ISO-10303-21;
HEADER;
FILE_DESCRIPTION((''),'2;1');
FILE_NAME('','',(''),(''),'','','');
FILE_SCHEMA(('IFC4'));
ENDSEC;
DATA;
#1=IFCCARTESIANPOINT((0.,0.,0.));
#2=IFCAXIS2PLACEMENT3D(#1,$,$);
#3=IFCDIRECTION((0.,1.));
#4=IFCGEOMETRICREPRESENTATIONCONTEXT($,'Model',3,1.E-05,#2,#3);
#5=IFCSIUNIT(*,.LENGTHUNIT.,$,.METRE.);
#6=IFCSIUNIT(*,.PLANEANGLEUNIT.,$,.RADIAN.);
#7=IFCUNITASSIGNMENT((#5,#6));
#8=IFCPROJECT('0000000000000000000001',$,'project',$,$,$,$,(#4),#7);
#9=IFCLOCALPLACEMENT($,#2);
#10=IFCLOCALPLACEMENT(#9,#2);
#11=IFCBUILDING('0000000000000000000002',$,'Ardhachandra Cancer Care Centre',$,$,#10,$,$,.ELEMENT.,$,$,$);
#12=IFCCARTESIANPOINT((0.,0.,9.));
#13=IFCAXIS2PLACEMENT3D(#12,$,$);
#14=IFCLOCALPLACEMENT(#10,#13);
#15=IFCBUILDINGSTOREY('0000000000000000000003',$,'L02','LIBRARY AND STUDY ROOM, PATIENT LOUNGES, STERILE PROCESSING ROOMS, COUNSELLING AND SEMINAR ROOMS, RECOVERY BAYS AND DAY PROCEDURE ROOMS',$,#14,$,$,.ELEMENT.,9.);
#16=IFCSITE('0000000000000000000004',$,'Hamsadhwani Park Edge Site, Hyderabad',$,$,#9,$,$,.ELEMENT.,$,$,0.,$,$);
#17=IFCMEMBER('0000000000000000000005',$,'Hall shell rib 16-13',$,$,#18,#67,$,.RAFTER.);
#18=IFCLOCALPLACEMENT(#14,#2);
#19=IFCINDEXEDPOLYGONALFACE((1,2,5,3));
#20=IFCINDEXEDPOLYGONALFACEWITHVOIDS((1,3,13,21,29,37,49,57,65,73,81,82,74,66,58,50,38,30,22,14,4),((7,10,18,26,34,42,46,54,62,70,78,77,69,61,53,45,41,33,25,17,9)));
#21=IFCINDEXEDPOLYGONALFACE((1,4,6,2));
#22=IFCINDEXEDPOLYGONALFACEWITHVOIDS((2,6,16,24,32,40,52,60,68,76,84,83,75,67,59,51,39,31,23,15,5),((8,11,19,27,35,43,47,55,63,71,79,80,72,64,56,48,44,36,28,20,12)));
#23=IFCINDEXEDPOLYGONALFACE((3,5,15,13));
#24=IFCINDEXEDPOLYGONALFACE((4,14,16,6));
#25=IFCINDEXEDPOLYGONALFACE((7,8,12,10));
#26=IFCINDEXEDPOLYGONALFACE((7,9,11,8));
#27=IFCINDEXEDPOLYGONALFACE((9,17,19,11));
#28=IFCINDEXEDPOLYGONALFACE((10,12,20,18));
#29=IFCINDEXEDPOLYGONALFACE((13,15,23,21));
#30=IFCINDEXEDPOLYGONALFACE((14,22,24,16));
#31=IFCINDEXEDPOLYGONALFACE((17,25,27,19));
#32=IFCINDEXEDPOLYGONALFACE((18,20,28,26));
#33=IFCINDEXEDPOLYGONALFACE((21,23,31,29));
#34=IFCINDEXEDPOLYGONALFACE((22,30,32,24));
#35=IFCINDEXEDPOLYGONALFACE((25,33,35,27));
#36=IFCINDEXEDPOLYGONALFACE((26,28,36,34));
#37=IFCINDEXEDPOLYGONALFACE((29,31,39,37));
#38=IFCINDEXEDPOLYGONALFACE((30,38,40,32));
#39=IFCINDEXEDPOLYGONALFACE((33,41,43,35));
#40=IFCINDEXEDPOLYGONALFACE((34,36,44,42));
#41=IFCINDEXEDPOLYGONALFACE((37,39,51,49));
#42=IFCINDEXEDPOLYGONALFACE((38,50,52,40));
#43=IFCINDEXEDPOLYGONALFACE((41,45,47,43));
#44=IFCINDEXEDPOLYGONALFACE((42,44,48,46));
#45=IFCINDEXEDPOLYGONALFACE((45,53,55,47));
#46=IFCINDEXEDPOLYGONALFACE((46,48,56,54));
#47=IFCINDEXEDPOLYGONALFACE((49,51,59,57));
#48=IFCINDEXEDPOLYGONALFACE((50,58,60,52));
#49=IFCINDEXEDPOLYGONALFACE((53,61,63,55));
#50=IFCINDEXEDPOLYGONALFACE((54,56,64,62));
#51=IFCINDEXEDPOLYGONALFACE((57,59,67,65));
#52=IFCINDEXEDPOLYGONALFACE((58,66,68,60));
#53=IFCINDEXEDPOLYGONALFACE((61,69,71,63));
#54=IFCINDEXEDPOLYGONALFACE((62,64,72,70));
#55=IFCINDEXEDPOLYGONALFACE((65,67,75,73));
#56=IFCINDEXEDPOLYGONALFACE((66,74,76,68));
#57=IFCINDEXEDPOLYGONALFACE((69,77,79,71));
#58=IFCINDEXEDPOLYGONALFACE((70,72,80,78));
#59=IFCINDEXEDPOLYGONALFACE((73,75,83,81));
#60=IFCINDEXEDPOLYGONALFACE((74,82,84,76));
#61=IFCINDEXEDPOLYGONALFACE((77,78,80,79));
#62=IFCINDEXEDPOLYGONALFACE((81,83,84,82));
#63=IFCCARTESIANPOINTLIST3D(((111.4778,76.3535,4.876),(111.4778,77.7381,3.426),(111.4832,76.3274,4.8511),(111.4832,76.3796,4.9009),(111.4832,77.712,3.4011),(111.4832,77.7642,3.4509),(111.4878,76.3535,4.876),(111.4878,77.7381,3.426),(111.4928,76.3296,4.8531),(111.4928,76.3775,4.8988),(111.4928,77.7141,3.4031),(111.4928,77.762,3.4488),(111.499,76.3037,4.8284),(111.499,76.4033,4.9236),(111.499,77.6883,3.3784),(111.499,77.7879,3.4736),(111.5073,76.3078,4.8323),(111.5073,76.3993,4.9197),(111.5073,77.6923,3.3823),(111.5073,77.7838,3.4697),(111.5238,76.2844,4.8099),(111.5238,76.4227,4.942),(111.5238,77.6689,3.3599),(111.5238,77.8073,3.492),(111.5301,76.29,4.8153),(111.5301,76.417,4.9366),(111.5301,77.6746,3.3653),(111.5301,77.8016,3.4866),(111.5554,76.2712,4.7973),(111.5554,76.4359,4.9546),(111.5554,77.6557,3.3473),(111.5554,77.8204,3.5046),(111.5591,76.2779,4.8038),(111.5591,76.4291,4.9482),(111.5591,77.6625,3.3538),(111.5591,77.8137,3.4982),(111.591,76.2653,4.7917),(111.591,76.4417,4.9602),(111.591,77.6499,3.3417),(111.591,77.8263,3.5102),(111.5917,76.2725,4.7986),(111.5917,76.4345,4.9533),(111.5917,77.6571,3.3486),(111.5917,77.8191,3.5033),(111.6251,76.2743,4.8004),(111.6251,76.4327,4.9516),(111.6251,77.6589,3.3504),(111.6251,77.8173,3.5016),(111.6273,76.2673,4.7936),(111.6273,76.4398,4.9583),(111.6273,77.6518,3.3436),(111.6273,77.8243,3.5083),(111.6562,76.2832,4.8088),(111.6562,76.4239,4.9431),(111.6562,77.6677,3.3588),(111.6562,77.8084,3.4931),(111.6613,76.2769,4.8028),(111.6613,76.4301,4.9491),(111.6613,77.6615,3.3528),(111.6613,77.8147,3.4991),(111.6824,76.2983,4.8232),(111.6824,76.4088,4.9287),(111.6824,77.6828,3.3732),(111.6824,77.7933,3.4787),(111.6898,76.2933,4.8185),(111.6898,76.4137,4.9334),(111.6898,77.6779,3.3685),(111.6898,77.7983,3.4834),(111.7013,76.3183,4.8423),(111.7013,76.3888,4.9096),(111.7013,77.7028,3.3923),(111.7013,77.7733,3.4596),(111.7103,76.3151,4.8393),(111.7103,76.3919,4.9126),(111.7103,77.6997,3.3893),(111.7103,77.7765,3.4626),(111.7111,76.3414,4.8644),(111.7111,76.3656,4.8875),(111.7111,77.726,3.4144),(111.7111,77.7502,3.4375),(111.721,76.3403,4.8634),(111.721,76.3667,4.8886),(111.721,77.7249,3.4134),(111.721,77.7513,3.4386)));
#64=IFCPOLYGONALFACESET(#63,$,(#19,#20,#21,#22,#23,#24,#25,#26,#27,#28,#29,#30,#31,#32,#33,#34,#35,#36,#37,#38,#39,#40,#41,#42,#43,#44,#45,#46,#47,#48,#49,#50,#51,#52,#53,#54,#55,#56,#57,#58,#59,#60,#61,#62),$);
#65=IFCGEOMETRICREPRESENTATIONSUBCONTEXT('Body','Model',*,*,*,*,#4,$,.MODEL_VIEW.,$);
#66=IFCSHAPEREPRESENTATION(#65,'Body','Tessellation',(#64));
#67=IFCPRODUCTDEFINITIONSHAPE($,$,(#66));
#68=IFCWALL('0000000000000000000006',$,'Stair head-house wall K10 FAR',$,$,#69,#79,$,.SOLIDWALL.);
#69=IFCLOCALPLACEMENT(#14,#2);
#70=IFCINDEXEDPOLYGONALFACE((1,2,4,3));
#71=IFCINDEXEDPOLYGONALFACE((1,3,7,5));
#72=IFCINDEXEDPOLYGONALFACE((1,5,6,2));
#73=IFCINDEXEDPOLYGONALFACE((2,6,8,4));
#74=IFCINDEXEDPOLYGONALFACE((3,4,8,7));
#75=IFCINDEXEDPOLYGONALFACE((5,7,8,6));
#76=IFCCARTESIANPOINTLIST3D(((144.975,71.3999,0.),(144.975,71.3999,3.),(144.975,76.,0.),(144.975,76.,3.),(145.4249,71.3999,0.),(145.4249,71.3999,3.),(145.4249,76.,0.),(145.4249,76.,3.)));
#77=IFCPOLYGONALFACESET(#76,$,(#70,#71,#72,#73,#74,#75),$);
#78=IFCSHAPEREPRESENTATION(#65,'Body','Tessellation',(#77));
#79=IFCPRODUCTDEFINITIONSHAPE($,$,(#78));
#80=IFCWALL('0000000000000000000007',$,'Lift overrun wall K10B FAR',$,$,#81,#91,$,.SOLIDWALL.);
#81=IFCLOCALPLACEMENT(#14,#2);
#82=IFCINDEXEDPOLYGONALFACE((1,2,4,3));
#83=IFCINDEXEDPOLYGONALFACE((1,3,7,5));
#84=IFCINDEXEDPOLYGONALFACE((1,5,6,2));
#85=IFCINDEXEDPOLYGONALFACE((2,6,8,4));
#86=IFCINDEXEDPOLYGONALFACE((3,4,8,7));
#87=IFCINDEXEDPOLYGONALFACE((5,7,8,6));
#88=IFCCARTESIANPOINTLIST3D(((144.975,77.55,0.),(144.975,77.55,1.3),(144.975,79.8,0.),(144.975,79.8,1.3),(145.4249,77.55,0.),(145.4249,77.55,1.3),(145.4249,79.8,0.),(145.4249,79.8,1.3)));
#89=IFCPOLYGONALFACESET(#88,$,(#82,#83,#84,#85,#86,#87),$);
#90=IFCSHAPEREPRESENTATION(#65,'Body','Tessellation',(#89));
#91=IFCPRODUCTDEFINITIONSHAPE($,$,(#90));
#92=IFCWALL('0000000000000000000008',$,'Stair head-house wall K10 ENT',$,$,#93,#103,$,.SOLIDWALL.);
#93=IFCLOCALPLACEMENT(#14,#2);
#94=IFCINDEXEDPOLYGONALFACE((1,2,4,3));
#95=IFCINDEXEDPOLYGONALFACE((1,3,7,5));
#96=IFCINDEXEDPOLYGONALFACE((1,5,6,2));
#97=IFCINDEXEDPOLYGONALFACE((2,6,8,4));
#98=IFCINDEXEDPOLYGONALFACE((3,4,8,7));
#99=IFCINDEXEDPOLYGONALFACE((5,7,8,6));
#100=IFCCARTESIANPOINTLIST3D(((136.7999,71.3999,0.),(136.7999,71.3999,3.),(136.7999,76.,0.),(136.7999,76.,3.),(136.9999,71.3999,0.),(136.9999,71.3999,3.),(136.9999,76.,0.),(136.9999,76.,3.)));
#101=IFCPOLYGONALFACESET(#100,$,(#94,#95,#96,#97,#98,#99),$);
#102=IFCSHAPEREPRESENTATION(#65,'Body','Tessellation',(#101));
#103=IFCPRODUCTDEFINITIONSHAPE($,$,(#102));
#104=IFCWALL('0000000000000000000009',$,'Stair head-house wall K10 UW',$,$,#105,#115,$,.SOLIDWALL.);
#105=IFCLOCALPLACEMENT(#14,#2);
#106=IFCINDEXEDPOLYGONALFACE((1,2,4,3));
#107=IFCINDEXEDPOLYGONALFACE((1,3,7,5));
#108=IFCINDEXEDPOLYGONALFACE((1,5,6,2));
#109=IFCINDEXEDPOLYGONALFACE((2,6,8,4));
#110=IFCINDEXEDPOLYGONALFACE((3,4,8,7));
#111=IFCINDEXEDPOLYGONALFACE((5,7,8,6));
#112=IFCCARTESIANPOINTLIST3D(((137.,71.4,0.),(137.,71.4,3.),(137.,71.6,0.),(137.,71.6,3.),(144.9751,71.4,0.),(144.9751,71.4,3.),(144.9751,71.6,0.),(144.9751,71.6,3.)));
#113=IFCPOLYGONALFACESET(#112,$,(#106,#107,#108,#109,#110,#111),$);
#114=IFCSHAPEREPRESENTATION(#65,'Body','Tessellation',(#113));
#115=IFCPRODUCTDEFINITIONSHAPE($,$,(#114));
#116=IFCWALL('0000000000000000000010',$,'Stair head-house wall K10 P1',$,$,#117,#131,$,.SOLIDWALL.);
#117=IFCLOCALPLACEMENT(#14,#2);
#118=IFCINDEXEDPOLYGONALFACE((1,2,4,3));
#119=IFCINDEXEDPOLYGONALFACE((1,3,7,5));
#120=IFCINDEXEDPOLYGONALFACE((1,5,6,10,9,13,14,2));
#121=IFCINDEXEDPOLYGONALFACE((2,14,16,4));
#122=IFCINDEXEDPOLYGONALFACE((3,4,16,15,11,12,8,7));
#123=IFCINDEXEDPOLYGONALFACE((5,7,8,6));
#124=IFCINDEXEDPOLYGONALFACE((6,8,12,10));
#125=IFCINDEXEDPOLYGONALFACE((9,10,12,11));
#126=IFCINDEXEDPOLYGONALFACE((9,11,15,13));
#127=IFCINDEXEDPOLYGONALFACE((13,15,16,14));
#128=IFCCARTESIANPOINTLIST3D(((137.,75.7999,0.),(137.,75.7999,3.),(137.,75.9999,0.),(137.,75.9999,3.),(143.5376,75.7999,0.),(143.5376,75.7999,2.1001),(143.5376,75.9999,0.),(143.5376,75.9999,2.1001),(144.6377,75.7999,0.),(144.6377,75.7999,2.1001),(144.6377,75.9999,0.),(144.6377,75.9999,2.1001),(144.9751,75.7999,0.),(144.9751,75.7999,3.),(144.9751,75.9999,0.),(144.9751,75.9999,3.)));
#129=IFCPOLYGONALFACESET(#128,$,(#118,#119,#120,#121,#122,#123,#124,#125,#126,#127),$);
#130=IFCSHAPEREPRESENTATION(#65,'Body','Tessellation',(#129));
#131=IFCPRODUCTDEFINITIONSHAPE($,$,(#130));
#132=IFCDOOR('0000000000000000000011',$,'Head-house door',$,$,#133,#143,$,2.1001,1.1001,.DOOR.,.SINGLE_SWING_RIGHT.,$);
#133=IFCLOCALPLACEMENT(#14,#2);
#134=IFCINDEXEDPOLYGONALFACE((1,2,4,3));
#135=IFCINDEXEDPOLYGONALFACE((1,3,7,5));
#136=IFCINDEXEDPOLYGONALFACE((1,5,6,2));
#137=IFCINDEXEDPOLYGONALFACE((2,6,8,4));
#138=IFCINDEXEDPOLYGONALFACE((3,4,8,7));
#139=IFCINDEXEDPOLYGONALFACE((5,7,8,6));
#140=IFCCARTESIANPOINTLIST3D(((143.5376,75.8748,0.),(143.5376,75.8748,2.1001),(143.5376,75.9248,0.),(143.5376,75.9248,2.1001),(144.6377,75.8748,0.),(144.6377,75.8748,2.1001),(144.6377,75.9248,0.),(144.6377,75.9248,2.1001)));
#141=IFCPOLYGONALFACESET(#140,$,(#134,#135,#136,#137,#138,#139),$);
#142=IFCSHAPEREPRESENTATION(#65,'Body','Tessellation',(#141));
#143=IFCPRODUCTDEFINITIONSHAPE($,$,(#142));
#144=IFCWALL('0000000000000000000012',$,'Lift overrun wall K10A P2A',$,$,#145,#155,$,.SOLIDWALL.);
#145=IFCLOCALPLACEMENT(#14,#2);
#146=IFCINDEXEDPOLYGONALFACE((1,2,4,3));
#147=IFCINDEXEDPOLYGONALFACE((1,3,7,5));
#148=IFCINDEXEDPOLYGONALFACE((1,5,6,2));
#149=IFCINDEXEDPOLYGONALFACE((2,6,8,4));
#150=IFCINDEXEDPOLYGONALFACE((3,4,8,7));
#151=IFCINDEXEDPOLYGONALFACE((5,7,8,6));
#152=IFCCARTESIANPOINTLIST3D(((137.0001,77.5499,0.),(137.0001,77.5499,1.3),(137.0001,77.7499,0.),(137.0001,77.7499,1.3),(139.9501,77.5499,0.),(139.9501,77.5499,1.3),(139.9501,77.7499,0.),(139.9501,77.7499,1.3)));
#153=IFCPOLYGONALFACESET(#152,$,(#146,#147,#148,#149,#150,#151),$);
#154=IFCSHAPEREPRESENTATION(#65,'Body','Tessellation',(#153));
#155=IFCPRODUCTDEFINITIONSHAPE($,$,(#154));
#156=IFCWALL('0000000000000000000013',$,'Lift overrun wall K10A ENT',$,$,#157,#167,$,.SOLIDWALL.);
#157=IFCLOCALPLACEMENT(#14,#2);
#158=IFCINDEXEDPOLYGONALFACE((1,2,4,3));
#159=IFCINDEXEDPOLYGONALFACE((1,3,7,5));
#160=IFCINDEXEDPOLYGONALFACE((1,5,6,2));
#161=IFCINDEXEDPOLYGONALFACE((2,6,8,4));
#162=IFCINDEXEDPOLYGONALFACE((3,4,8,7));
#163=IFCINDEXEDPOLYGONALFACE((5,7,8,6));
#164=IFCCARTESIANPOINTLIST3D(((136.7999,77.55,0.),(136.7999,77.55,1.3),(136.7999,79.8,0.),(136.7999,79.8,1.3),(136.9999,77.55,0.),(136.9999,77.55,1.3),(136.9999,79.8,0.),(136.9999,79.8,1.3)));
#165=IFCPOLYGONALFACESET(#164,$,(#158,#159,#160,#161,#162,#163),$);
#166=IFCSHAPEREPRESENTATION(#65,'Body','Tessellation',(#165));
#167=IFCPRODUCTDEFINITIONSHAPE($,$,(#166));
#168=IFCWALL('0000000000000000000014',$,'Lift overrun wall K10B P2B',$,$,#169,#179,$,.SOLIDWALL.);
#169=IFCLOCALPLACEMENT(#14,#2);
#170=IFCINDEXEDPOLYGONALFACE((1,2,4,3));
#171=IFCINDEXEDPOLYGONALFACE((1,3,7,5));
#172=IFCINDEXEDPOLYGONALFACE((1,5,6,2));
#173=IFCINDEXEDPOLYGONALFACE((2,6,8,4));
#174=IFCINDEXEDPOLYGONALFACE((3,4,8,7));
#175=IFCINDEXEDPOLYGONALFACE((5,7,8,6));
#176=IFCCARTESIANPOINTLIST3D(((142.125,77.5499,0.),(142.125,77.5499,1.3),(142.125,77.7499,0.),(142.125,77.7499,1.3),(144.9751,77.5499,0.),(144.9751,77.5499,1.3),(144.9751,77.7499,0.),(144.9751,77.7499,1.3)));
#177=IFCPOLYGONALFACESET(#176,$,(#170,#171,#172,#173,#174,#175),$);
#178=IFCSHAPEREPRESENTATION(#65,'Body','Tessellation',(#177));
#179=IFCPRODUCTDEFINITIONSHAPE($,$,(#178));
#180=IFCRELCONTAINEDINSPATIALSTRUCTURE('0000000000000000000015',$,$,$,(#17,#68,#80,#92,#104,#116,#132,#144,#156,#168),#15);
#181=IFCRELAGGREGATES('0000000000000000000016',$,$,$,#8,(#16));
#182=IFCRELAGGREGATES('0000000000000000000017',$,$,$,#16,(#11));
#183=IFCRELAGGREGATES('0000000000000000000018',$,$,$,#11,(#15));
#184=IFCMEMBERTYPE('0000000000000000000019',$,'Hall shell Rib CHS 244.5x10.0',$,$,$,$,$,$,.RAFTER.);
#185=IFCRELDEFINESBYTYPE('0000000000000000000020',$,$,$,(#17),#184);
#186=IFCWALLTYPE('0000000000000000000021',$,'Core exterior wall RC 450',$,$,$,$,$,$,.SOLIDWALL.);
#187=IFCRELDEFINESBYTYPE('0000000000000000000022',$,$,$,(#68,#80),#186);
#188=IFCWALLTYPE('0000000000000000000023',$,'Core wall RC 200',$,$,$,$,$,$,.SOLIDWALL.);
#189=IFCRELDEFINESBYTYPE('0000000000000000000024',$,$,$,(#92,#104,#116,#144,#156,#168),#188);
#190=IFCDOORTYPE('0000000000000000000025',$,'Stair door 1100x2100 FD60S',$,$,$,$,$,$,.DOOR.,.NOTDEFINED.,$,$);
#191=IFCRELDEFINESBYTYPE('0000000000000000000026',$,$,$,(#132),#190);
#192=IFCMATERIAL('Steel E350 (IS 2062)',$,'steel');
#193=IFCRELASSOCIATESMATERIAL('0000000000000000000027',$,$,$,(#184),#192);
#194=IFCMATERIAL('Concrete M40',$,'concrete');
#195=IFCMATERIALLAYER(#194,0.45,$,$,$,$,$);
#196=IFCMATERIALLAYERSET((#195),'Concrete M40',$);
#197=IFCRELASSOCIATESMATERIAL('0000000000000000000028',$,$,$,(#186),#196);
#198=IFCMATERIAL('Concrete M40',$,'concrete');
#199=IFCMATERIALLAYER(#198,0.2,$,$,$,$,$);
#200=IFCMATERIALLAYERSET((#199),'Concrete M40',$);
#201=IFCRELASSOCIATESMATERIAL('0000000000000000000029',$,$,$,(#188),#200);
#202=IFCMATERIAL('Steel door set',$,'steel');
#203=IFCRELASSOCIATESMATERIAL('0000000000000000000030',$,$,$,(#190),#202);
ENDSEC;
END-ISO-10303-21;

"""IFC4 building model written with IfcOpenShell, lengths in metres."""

from ifc_helpers import new_model, si_unit, direction, frame, frame_2d, origin, origin_2d, place, context, subcontext, project, spatial, rectangle, hollow_circle, extrude, material, layer, layer_set, material_profile, profile_set, type_object, element, fill, save


model = new_model("IFC4")

# Units and contexts
model_context = context("Model", 3, precision=1e-05, world=origin(), true_north=direction((0.0, 1.0)))
body_context = subcontext(model_context, "Body", "Model", "MODEL_VIEW")
ifc_project = project(units=[si_unit("LENGTHUNIT", "METRE"), si_unit("PLANEANGLEUNIT", "RADIAN")], contexts=[model_context])

# Site, building, storey
site_placement = place(None, origin())
site = spatial("IfcSite", under=ifc_project, at=site_placement, Name="Hamsadhwani Park Edge Site, Hyderabad", CompositionType="ELEMENT", RefElevation=0.0)
building_placement = place(site_placement, origin())
building = spatial("IfcBuilding", under=site, at=building_placement, Name="Ardhachandra Cancer Care Centre", CompositionType="ELEMENT")
storey_placement = place(building_placement, frame((0.0, 0.0, 9.0)))
storey = spatial("IfcBuildingStorey", under=building, at=storey_placement, Name="L02", Description="LIBRARY AND STUDY ROOM, PATIENT LOUNGES, STERILE PROCESSING ROOMS, COUNSELLING AND SEMINAR ROOMS, RECOVERY BAYS AND DAY PROCEDURE ROOMS", CompositionType="ELEMENT", Elevation=9.0)

# Member
ifc_material_1 = material(Name="Steel E350 (IS 2062)", Category="steel")
ifc_material_profile_1 = material_profile(ifc_material_1, hollow_circle(Radius=0.1223, WallThickness=0.01, at=origin_2d()), Name="CHS 244.5x10.0")
ifc_profile_set_1 = profile_set([ifc_material_profile_1], Name="Steel E350 (IS 2062)")
member_type = type_object("IfcMemberType", Name="Hall shell Rib CHS 244.5x10.0", PredefinedType="RAFTER", material=ifc_profile_set_1)
member_placement = place(storey_placement, frame((111.6001, 76.3535, 4.876), z_axis=(0.0, 0.6906, -0.723237), x_axis=(-1.0, 0.0, 0.0)))
element("IfcMember", 1, at=member_placement, inside=storey, type_object=member_type, Name="Hall shell rib 16-13", PredefinedType="RAFTER", context=body_context, shape_type="SweptSolid", body=[
    extrude(hollow_circle(Radius=0.1223, WallThickness=0.01, at=origin_2d()), origin(), (0.0, 0.0, 1.0), 2.0049),
])

# Walls
ifc_material_2 = material(Name="Concrete M40", Category="concrete")
ifc_layer_1 = layer(ifc_material_2, 0.45)
ifc_layer_set_1 = layer_set([ifc_layer_1], Name="Concrete M40")
wall_type_1 = type_object("IfcWallType", Name="Core exterior wall RC 450", PredefinedType="SOLIDWALL", material=ifc_layer_set_1)
wall_1_placement = place(storey_placement, frame((145.2, 71.3999, 0.0), z_axis=(0.0, 0.0, 1.0), x_axis=(0.0, 1.0, 0.0)))
element("IfcWall", 2, at=wall_1_placement, inside=storey, type_object=wall_type_1, Name="Stair head-house wall K10 FAR", PredefinedType="SOLIDWALL", context=body_context, shape_type="SweptSolid", body=[
    extrude(rectangle(XDim=4.6001, YDim=0.45, at=frame_2d((2.3, 0.0))), origin(), (0.0, 0.0, 1.0), 3.0),
])
wall_2_placement = place(storey_placement, frame((145.2, 77.55, 0.0), z_axis=(0.0, 0.0, 1.0), x_axis=(0.0, 1.0, 0.0)))
element("IfcWall", 3, at=wall_2_placement, inside=storey, type_object=wall_type_1, Name="Lift overrun wall K10B FAR", PredefinedType="SOLIDWALL", context=body_context, shape_type="SweptSolid", body=[
    extrude(rectangle(XDim=2.25, YDim=0.45, at=frame_2d((1.125, 0.0))), origin(), (0.0, 0.0, 1.0), 1.3),
])
ifc_material_3 = material(Name="Concrete M40", Category="concrete")
ifc_layer_2 = layer(ifc_material_3, 0.2)
ifc_layer_set_2 = layer_set([ifc_layer_2], Name="Concrete M40")
wall_type_2 = type_object("IfcWallType", Name="Core wall RC 200", PredefinedType="SOLIDWALL", material=ifc_layer_set_2)
wall_3_placement = place(storey_placement, frame((136.8999, 71.3999, 0.0), z_axis=(0.0, 0.0, 1.0), x_axis=(0.0, 1.0, 0.0)))
element("IfcWall", 4, at=wall_3_placement, inside=storey, type_object=wall_type_2, Name="Stair head-house wall K10 ENT", PredefinedType="SOLIDWALL", context=body_context, shape_type="SweptSolid", body=[
    extrude(rectangle(XDim=4.6001, YDim=0.2, at=frame_2d((2.3, 0.0))), origin(), (0.0, 0.0, 1.0), 3.0),
])
wall_4_placement = place(storey_placement, frame((137.0, 71.5, 0.0), z_axis=(0.0, 0.0, 1.0), x_axis=(1.0, 0.0, 0.0)))
element("IfcWall", 5, at=wall_4_placement, inside=storey, type_object=wall_type_2, Name="Stair head-house wall K10 UW", PredefinedType="SOLIDWALL", context=body_context, shape_type="SweptSolid", body=[
    extrude(rectangle(XDim=7.9751, YDim=0.2, at=frame_2d((3.9875, 0.0))), origin(), (0.0, 0.0, 1.0), 3.0),
])

# Wall, opening, door
wall_5_placement = place(storey_placement, frame((137.0, 75.8999, 0.0), z_axis=(0.0, 0.0, 1.0), x_axis=(1.0, 0.0, 0.0)))
wall_5 = element("IfcWall", 6, at=wall_5_placement, inside=storey, type_object=wall_type_2, Name="Stair head-house wall K10 P1", PredefinedType="SOLIDWALL", context=body_context, shape_type="SweptSolid", body=[
    extrude(rectangle(XDim=7.9751, YDim=0.2, at=frame_2d((3.9875, 0.0))), origin(), (0.0, 0.0, 1.0), 3.0),
])
opening_placement = place(wall_5_placement, frame((6.5376, 0.0, 0.0)))
opening = element("IfcOpeningElement", 7, at=opening_placement, cuts=wall_5, PredefinedType="OPENING", context=body_context, shape_type="SweptSolid", body=[
    extrude(rectangle(XDim=1.1001, YDim=2.1001, at=frame_2d((0.55, 1.05))), frame((0.0, 0.1099, 0.0), z_axis=(0.0, -1.0, 0.0), x_axis=(1.0, 0.0, 0.0)), (0.0, 0.0, 1.0), 0.22),
])
ifc_material_4 = material(Name="Steel door set", Category="steel")
door_type = type_object("IfcDoorType", Name="Stair door 1100x2100 FD60S", OperationType="NOTDEFINED", PredefinedType="DOOR", material=ifc_material_4)
door_placement = place(opening_placement, origin())
door = element("IfcDoor", 8, at=door_placement, inside=storey, type_object=door_type, Name="Head-house door", OperationType="SINGLE_SWING_RIGHT", OverallHeight=2.1001, OverallWidth=1.1001, PredefinedType="DOOR", context=body_context, shape_type="SweptSolid", body=[
    extrude(rectangle(XDim=1.1001, YDim=2.1001, at=frame_2d((0.55, 1.05))), frame((0.0, 0.0249, 0.0), z_axis=(0.0, -1.0, 0.0), x_axis=(1.0, 0.0, 0.0)), (0.0, 0.0, 1.0), 0.05),
])
fill(opening, door)

# Walls
wall_6_placement = place(storey_placement, frame((137.0, 77.6499, 0.0), z_axis=(0.0, 0.0, 1.0), x_axis=(1.0, 0.0, 0.0)))
element("IfcWall", 9, at=wall_6_placement, inside=storey, type_object=wall_type_2, Name="Lift overrun wall K10A P2A", PredefinedType="SOLIDWALL", context=body_context, shape_type="SweptSolid", body=[
    extrude(rectangle(XDim=2.95, YDim=0.2, at=frame_2d((1.4751, 0.0))), origin(), (0.0, 0.0, 1.0), 1.3),
])
wall_7_placement = place(storey_placement, frame((136.8999, 77.55, 0.0), z_axis=(0.0, 0.0, 1.0), x_axis=(0.0, 1.0, 0.0)))
element("IfcWall", 10, at=wall_7_placement, inside=storey, type_object=wall_type_2, Name="Lift overrun wall K10A ENT", PredefinedType="SOLIDWALL", context=body_context, shape_type="SweptSolid", body=[
    extrude(rectangle(XDim=2.25, YDim=0.2, at=frame_2d((1.125, 0.0))), origin(), (0.0, 0.0, 1.0), 1.3),
])
wall_8_placement = place(storey_placement, frame((142.125, 77.6499, 0.0), z_axis=(0.0, 0.0, 1.0), x_axis=(1.0, 0.0, 0.0)))
element("IfcWall", 11, at=wall_8_placement, inside=storey, type_object=wall_type_2, Name="Lift overrun wall K10B P2B", PredefinedType="SOLIDWALL", context=body_context, shape_type="SweptSolid", body=[
    extrude(rectangle(XDim=2.8501, YDim=0.2, at=frame_2d((1.425, 0.0))), origin(), (0.0, 0.0, 1.0), 1.3),
])

save(model, "model.ifc")
